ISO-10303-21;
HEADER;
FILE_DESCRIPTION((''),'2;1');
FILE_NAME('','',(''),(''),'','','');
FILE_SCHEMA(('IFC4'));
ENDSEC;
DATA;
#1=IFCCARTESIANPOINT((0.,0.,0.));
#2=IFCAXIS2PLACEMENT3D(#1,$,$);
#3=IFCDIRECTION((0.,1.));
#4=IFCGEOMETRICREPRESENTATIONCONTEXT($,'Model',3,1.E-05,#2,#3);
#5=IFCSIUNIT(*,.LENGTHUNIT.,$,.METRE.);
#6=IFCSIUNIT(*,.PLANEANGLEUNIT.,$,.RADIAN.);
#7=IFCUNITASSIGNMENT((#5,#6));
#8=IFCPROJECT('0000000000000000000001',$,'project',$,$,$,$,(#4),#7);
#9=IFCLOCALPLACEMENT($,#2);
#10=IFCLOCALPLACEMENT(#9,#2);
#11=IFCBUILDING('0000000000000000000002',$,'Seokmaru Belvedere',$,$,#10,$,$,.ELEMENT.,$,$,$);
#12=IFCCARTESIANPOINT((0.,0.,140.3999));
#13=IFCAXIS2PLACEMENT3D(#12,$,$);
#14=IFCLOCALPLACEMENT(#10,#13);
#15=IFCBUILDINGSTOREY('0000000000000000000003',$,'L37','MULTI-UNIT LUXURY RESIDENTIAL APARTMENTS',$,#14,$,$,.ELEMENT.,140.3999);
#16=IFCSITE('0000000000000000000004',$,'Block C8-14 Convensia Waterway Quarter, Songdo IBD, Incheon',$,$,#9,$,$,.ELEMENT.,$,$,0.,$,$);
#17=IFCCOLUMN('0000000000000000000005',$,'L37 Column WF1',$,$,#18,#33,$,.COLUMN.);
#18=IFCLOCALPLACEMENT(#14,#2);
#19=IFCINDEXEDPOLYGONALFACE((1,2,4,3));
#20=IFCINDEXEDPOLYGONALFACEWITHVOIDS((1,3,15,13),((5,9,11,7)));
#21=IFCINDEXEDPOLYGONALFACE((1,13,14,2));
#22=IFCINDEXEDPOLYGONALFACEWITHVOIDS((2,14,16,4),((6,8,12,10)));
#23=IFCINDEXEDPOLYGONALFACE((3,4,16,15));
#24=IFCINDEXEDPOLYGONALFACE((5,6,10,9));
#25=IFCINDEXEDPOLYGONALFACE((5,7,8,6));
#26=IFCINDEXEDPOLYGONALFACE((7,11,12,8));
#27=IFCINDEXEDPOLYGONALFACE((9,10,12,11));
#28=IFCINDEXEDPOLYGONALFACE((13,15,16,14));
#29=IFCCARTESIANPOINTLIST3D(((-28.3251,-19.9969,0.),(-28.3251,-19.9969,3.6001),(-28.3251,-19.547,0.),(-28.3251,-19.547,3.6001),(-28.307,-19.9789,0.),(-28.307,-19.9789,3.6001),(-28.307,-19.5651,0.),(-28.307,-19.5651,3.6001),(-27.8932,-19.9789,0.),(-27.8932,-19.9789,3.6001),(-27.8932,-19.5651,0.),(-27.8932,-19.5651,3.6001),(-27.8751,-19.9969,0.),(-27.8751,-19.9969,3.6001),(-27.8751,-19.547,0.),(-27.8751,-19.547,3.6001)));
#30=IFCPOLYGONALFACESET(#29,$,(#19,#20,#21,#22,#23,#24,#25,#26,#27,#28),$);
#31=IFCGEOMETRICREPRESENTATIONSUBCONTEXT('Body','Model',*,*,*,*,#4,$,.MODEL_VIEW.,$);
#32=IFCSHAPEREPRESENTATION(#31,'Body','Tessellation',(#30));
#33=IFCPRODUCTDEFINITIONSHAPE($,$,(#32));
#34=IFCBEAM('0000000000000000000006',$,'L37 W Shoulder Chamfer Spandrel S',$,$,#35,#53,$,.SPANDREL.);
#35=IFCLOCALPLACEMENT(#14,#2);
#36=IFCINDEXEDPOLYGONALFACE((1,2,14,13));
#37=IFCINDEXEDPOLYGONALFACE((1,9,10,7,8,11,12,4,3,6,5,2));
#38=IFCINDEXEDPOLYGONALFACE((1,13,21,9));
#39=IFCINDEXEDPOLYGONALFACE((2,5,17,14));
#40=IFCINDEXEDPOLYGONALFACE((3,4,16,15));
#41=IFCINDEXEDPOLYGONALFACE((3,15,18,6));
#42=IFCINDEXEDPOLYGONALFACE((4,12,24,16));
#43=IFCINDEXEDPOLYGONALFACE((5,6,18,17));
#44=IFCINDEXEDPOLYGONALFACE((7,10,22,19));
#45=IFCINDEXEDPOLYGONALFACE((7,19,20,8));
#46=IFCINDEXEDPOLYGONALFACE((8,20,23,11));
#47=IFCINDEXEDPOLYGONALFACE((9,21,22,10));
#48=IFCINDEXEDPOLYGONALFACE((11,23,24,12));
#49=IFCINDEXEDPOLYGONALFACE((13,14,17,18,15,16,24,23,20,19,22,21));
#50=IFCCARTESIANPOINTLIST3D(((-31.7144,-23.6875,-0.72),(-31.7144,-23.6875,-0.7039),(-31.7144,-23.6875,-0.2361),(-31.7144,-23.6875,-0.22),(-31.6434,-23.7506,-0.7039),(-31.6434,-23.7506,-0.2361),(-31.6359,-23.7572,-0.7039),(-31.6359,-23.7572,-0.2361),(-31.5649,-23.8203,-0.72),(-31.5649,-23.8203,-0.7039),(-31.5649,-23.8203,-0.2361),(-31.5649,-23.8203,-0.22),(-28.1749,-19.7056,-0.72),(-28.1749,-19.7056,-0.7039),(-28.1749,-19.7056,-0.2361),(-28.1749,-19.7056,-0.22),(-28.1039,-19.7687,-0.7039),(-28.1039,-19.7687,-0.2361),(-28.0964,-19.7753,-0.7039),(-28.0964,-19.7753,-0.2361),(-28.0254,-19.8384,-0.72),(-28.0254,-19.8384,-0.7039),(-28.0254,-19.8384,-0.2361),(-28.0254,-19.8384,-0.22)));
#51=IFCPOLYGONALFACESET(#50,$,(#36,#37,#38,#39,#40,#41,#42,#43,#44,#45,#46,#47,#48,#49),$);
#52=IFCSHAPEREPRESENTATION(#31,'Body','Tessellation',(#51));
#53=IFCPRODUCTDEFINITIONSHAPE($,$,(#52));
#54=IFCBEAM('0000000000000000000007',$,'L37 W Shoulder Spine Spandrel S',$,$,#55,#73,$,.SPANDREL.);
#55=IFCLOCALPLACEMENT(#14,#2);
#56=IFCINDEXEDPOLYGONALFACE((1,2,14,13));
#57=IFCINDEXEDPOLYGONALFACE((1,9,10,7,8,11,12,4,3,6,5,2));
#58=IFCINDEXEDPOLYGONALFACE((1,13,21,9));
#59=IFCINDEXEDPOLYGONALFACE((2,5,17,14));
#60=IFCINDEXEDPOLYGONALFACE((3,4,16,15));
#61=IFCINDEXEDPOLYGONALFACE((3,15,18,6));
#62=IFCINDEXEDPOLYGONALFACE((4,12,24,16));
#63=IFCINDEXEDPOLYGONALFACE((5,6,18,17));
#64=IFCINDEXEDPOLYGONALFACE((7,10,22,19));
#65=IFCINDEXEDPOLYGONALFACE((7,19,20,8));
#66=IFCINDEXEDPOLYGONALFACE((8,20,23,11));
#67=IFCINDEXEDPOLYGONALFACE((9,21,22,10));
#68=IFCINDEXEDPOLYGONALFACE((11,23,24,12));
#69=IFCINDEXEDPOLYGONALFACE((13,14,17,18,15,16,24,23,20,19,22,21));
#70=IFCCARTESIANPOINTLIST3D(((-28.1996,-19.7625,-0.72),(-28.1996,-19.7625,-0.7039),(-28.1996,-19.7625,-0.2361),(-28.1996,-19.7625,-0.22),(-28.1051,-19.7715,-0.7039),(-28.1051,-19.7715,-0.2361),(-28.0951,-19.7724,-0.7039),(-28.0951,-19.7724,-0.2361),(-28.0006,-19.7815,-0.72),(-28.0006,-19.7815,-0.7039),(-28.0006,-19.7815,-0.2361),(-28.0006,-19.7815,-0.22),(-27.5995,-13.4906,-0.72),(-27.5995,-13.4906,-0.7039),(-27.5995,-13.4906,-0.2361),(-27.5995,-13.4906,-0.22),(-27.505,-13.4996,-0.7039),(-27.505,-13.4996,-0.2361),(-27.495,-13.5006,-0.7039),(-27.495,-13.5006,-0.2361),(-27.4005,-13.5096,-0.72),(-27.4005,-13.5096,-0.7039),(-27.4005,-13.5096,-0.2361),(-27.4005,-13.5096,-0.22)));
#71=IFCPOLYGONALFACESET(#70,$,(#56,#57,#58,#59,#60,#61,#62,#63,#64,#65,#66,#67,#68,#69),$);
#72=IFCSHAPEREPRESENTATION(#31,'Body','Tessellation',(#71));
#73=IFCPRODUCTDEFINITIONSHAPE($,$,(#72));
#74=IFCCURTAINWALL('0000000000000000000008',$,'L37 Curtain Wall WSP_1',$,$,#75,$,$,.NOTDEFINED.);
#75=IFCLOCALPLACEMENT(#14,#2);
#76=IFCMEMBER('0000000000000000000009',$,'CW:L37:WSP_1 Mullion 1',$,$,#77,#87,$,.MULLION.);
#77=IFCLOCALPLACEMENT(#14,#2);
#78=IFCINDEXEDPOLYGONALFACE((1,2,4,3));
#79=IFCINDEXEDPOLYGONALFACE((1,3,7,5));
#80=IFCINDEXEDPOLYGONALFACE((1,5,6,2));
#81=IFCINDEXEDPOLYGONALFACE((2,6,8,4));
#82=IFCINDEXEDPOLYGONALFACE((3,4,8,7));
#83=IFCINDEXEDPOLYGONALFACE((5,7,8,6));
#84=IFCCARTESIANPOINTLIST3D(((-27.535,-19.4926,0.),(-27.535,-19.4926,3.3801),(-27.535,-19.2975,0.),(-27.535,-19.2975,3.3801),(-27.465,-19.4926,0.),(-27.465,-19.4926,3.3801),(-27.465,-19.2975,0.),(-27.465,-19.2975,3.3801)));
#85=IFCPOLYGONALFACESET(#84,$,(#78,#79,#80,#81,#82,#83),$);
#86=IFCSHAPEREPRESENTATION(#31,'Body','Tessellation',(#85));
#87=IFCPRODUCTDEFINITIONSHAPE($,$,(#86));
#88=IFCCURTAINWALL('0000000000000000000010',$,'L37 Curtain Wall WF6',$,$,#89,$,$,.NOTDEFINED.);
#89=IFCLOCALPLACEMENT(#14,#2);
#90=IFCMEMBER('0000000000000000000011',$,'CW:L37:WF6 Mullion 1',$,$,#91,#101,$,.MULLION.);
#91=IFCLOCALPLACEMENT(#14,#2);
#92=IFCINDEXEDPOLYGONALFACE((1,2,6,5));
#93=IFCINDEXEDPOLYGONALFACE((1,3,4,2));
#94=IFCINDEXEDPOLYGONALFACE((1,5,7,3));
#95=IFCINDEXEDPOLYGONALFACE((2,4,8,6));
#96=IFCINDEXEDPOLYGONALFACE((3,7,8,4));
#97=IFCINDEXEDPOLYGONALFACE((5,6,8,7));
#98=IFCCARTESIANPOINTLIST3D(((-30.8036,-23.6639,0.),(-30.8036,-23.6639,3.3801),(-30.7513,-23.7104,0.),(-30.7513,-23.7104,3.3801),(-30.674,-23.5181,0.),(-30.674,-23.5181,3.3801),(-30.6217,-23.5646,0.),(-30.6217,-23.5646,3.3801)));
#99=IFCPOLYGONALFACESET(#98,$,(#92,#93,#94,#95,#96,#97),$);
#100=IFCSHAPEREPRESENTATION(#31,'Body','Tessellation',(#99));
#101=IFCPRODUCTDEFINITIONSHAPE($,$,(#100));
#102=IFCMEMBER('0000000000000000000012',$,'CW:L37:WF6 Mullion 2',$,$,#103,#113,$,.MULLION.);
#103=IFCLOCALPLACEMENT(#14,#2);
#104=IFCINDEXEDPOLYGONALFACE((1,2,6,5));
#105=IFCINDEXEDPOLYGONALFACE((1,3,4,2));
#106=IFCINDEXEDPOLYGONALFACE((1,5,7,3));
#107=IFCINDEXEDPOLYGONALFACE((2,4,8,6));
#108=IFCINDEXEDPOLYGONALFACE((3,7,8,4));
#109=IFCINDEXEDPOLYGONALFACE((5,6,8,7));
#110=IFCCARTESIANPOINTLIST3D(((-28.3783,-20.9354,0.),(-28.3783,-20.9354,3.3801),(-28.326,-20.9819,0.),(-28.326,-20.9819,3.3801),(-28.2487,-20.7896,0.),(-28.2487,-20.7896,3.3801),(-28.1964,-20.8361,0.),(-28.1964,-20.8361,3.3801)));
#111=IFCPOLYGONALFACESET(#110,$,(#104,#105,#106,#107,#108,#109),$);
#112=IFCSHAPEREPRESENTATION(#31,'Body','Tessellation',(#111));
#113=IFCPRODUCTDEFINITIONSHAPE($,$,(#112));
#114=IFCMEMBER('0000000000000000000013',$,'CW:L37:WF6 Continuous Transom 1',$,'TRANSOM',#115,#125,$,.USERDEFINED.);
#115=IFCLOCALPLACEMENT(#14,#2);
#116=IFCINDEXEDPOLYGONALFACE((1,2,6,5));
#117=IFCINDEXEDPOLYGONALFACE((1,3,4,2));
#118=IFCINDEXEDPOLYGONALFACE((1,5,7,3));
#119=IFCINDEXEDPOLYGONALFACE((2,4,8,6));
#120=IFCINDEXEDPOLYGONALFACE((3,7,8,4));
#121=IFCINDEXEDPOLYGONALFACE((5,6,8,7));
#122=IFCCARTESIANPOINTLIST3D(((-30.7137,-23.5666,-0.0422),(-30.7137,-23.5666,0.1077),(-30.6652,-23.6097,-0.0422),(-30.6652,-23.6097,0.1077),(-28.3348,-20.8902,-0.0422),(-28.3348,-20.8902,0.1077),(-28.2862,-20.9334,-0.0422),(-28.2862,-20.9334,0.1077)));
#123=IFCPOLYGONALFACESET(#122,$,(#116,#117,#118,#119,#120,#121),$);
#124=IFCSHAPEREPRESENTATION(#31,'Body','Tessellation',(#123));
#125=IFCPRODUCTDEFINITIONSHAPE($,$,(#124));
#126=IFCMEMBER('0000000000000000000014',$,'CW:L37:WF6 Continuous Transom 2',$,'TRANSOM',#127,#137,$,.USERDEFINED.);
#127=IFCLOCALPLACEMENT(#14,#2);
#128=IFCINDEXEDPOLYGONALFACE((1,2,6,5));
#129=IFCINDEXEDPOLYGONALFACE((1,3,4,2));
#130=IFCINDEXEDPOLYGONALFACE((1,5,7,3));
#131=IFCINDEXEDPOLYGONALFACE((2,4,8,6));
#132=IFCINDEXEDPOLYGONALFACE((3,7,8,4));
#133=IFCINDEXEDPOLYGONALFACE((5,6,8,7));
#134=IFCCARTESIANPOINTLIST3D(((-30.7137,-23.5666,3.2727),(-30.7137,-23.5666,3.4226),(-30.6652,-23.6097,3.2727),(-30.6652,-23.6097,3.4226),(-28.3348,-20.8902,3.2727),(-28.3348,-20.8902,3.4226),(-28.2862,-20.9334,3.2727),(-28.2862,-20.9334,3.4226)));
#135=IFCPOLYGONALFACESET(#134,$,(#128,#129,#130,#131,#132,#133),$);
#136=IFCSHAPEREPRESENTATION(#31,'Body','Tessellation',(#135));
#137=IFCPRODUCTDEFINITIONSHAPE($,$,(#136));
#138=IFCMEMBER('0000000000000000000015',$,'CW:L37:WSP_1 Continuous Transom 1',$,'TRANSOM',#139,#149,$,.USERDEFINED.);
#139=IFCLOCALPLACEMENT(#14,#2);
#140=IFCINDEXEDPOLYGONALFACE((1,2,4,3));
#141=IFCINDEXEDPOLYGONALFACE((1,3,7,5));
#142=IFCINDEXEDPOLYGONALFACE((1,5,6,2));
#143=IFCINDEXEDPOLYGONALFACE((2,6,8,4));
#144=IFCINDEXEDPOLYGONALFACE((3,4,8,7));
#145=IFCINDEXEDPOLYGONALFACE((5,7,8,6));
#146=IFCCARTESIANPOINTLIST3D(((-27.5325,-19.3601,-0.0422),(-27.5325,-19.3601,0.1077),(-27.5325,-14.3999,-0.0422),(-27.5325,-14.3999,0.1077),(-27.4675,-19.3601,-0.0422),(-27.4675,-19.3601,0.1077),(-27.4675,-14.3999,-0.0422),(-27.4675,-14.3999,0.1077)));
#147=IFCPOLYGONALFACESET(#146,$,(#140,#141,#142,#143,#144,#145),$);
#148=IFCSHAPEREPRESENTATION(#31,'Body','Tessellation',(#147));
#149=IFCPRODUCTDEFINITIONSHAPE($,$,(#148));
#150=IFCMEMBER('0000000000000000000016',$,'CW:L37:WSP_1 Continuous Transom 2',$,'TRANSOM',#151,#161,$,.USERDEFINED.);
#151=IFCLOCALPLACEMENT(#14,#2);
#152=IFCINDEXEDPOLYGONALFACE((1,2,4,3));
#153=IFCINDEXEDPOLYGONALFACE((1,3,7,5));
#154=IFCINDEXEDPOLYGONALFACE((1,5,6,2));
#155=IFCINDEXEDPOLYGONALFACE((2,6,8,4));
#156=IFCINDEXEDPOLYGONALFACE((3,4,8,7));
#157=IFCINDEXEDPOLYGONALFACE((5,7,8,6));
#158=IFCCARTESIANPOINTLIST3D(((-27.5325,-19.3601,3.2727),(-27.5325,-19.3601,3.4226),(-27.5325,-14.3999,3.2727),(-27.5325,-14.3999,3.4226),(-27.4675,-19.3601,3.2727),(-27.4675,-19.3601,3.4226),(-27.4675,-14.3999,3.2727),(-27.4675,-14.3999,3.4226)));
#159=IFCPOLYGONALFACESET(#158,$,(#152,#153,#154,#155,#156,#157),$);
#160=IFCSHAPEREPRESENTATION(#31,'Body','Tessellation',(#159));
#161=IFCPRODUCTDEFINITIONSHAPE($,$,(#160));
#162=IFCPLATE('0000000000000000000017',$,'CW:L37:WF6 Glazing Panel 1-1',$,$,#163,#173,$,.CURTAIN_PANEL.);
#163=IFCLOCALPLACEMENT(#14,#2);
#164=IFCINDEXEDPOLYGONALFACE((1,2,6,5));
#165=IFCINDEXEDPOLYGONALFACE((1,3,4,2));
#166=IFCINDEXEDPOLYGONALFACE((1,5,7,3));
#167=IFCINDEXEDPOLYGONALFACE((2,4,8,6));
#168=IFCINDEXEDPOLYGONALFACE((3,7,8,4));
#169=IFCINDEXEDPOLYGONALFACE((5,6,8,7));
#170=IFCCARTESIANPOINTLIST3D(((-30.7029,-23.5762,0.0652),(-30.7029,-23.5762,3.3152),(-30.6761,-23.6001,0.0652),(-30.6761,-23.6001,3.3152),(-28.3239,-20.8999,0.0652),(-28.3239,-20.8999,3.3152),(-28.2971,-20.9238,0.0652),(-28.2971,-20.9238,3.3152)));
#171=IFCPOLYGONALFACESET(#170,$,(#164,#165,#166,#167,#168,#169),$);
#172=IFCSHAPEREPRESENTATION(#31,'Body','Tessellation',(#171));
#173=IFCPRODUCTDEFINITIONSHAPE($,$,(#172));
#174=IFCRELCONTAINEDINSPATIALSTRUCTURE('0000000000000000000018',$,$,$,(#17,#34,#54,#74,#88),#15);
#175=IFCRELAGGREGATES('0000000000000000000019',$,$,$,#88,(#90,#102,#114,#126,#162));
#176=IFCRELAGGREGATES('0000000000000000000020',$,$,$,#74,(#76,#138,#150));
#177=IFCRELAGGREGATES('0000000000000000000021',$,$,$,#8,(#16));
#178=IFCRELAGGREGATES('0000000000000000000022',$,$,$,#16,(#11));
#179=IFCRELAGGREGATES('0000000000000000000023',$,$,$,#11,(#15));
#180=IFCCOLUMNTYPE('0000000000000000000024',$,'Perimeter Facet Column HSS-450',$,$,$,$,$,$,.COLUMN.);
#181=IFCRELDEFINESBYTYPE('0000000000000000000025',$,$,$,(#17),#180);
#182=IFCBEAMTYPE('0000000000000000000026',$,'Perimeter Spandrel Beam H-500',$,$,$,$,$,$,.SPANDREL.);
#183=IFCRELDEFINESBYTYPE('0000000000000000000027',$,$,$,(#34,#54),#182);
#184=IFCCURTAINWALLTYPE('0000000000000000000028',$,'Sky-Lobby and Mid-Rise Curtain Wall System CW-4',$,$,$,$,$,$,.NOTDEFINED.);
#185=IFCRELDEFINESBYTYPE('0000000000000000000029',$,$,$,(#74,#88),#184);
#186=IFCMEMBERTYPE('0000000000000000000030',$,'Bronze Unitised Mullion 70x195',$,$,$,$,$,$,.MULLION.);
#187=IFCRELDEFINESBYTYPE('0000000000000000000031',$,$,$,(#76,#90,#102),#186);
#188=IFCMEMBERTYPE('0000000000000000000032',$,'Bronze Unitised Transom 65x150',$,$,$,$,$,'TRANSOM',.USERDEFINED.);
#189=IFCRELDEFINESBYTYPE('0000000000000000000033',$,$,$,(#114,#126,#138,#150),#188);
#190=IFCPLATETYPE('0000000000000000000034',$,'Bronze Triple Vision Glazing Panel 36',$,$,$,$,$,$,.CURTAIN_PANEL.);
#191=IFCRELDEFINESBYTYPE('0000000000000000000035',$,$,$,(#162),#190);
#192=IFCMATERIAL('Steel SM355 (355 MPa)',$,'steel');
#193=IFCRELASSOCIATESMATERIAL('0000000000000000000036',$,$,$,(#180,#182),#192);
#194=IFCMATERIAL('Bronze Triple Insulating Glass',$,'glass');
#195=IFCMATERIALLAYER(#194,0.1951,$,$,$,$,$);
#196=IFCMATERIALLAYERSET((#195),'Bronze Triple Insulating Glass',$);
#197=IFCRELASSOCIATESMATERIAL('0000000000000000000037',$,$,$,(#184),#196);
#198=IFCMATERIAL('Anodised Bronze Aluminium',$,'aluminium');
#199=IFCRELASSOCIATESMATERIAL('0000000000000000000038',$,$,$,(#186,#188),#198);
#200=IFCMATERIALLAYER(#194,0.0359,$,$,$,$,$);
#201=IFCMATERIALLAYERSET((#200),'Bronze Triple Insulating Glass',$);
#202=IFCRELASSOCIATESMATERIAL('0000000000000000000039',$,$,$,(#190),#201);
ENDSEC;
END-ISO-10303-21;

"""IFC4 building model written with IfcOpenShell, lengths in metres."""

from ifc_helpers import new_model, si_unit, direction, frame, origin, origin_2d, place, context, subcontext, project, spatial, rectangle, hollow_rectangle, i_section, extrude, source, transform, mapped, material, layer, layer_set, material_profile, profile_set, type_object, type_shapes, element, aggregate, save


model = new_model("IFC4")

# Units and contexts
model_context = context("Model", 3, precision=1e-05, world=origin(), true_north=direction((0.0, 1.0)))
body_context = subcontext(model_context, "Body", "Model", "MODEL_VIEW")
ifc_project = project(units=[si_unit("LENGTHUNIT", "METRE"), si_unit("PLANEANGLEUNIT", "RADIAN")], contexts=[model_context])

# Site, building, storey
site_placement = place(None, origin())
site = spatial("IfcSite", under=ifc_project, at=site_placement, Name="Block C8-14 Convensia Waterway Quarter, Songdo IBD, Incheon", CompositionType="ELEMENT", RefElevation=0.0)
building_placement = place(site_placement, origin())
building = spatial("IfcBuilding", under=site, at=building_placement, Name="Seokmaru Belvedere", CompositionType="ELEMENT")
storey_placement = place(building_placement, frame((0.0, 0.0, 140.3999)))
storey = spatial("IfcBuildingStorey", under=building, at=storey_placement, Name="L37", Description="MULTI-UNIT LUXURY RESIDENTIAL APARTMENTS", CompositionType="ELEMENT", Elevation=140.3999)

# Column
ifc_material_1 = material(Name="Steel SM355 (355 MPa)", Category="steel")
ifc_material_profile_1 = material_profile(ifc_material_1, hollow_rectangle(XDim=0.45, YDim=0.45, WallThickness=0.0181, at=origin_2d()), Name="HSS-450x450x18")
ifc_profile_set_1 = profile_set([ifc_material_profile_1], Name="Steel SM355 (355 MPa)")
column_type = type_object("IfcColumnType", Name="Perimeter Facet Column HSS-450", PredefinedType="COLUMN", material=ifc_profile_set_1)
shared_shape_1 = source(origin(), body_context, "Body", "SweptSolid", [
    extrude(hollow_rectangle(XDim=0.45, YDim=0.45, WallThickness=0.0181, at=origin_2d()), origin(), (0.0, 0.0, 1.0), 3.6001),
])
type_shapes(column_type, [shared_shape_1])
column_placement = place(storey_placement, frame((-28.1001, -19.772, 0.0), z_axis=(0.0, 0.0, 1.0), x_axis=(1.0, 0.0, 0.0)))
element("IfcColumn", 1, at=column_placement, inside=storey, type_object=column_type, Name="L37 Column WF1", PredefinedType="COLUMN", context=body_context, shape_type="MappedRepresentation", body=[
    mapped(shared_shape_1, transform((0.0, 0.0, 0.0), scale=1.0)),
])

# Beams
ifc_material_profile_2 = material_profile(ifc_material_1, i_section(OverallWidth=0.2, OverallDepth=0.5, WebThickness=0.01, FlangeThickness=0.0161, at=origin_2d()), Name="H-500x200x10x16")
ifc_profile_set_2 = profile_set([ifc_material_profile_2], Name="Steel SM355 (355 MPa)")
beam_type = type_object("IfcBeamType", Name="Perimeter Spandrel Beam H-500", PredefinedType="SPANDREL", material=ifc_profile_set_2)
shared_shape_2 = source(origin(), body_context, "Body", "SweptSolid", [
    extrude(i_section(OverallWidth=0.2, OverallDepth=0.5, WebThickness=0.01, FlangeThickness=0.0161, at=origin_2d()), origin(), (0.0, 0.0, 1.0), 5.3276),
])
beam_1_placement = place(storey_placement, frame((-31.6396, -23.7539, -0.47), z_axis=(0.66437, 0.747404, 0.0), x_axis=(-0.747404, 0.66437, 0.0)))
element("IfcBeam", 2, at=beam_1_placement, inside=storey, type_object=beam_type, Name="L37 W Shoulder Chamfer Spandrel S", PredefinedType="SPANDREL", context=body_context, shape_type="MappedRepresentation", body=[
    mapped(shared_shape_2, transform((0.0, 0.0, 0.0), scale=1.0)),
])
shared_shape_3 = source(origin(), body_context, "Body", "SweptSolid", [
    extrude(i_section(OverallWidth=0.2, OverallDepth=0.5, WebThickness=0.01, FlangeThickness=0.0161, at=origin_2d()), origin(), (0.0, 0.0, 1.0), 6.3005),
])
type_shapes(beam_type, [shared_shape_2, shared_shape_3])
beam_2_placement = place(storey_placement, frame((-28.1001, -19.772, -0.47), z_axis=(0.095244, 0.995454, 0.0), x_axis=(-0.995454, 0.095244, 0.0)))
element("IfcBeam", 3, at=beam_2_placement, inside=storey, type_object=beam_type, Name="L37 W Shoulder Spine Spandrel S", PredefinedType="SPANDREL", context=body_context, shape_type="MappedRepresentation", body=[
    mapped(shared_shape_3, transform((0.0, 0.0, 0.0), scale=1.0)),
])

# Curtain wall, member
ifc_material_2 = material(Name="Bronze Triple Insulating Glass", Category="glass")
ifc_layer_1 = layer(ifc_material_2, 0.1951)
ifc_layer_set_1 = layer_set([ifc_layer_1], Name="Bronze Triple Insulating Glass")
curtain_wall_type = type_object("IfcCurtainWallType", Name="Sky-Lobby and Mid-Rise Curtain Wall System CW-4", PredefinedType="NOTDEFINED", material=ifc_layer_set_1)
curtain_wall_1_placement = place(storey_placement, origin())
curtain_wall_1 = element("IfcCurtainWall", 4, at=curtain_wall_1_placement, inside=storey, type_object=curtain_wall_type, Name="L37 Curtain Wall WSP_1", PredefinedType="NOTDEFINED")
ifc_material_3 = material(Name="Anodised Bronze Aluminium", Category="aluminium")
ifc_material_profile_3 = material_profile(ifc_material_3, rectangle(XDim=0.0701, YDim=0.1951, at=origin_2d()), Name="CW-M-70x195")
ifc_profile_set_3 = profile_set([ifc_material_profile_3], Name="Anodised Bronze Aluminium")
member_type_1 = type_object("IfcMemberType", Name="Bronze Unitised Mullion 70x195", PredefinedType="MULLION", material=ifc_profile_set_3)
shared_shape_4 = source(origin(), body_context, "Body", "SweptSolid", [
    extrude(rectangle(XDim=0.0701, YDim=0.1951, at=origin_2d()), origin(), (0.0, 0.0, 1.0), 3.3801),
])
type_shapes(member_type_1, [shared_shape_4])
member_1_placement = place(storey_placement, frame((-27.5, -19.395, 0.0), z_axis=(0.0, 0.0, 1.0), x_axis=(-1.0, 0.0, 0.0)))
member_1 = element("IfcMember", 5, at=member_1_placement, type_object=member_type_1, Name="CW:L37:WSP_1 Mullion 1", PredefinedType="MULLION", context=body_context, shape_type="MappedRepresentation", body=[
    mapped(shared_shape_4, transform((0.0, 0.0, 0.0), scale=1.0)),
])

# Curtain wall, members
curtain_wall_2_placement = place(storey_placement, origin())
curtain_wall_2 = element("IfcCurtainWall", 6, at=curtain_wall_2_placement, inside=storey, type_object=curtain_wall_type, Name="L37 Curtain Wall WF6", PredefinedType="NOTDEFINED")
member_2_placement = place(storey_placement, frame((-30.7126, -23.6143, 0.0), z_axis=(0.0, 0.0, 1.0), x_axis=(-0.74741, 0.664363, 0.0)))
member_2 = element("IfcMember", 7, at=member_2_placement, type_object=member_type_1, Name="CW:L37:WF6 Mullion 1", PredefinedType="MULLION", context=body_context, shape_type="MappedRepresentation", body=[
    mapped(shared_shape_4, transform((0.0, 0.0, 0.0), scale=1.0)),
])
member_3_placement = place(storey_placement, frame((-28.2874, -20.8857, 0.0), z_axis=(0.0, 0.0, 1.0), x_axis=(-0.74741, 0.664363, 0.0)))
member_3 = element("IfcMember", 8, at=member_3_placement, type_object=member_type_1, Name="CW:L37:WF6 Mullion 2", PredefinedType="MULLION", context=body_context, shape_type="MappedRepresentation", body=[
    mapped(shared_shape_4, transform((0.0, 0.0, 0.0), scale=1.0)),
])
ifc_material_profile_4 = material_profile(ifc_material_3, rectangle(XDim=0.0649, YDim=0.1499, at=origin_2d()), Name="CW-T-65x150")
ifc_profile_set_4 = profile_set([ifc_material_profile_4], Name="Anodised Bronze Aluminium")
member_type_2 = type_object("IfcMemberType", Name="Bronze Unitised Transom 65x150", ElementType="TRANSOM", PredefinedType="USERDEFINED", material=ifc_profile_set_4)
shared_shape_5 = source(origin(), body_context, "Body", "SweptSolid", [
    extrude(rectangle(XDim=0.0649, YDim=0.1499, at=origin_2d()), origin(), (0.0, 0.0, 1.0), 3.5808),
])
member_4_placement = place(storey_placement, frame((-30.6895, -23.5881, 0.0327), z_axis=(0.664364, 0.747409, 0.0), x_axis=(-0.747409, 0.664364, 0.0)))
member_4 = element("IfcMember", 9, at=member_4_placement, type_object=member_type_2, Name="CW:L37:WF6 Continuous Transom 1", ObjectType="TRANSOM", PredefinedType="USERDEFINED", context=body_context, shape_type="MappedRepresentation", body=[
    mapped(shared_shape_5, transform((0.0, 0.0, 0.0), scale=1.0)),
])
member_5_placement = place(storey_placement, frame((-30.6895, -23.5881, 3.3477), z_axis=(0.664364, 0.747409, 0.0), x_axis=(-0.747409, 0.664364, 0.0)))
member_5 = element("IfcMember", 10, at=member_5_placement, type_object=member_type_2, Name="CW:L37:WF6 Continuous Transom 2", ObjectType="TRANSOM", PredefinedType="USERDEFINED", context=body_context, shape_type="MappedRepresentation", body=[
    mapped(shared_shape_5, transform((0.0, 0.0, 0.0), scale=1.0)),
])

# Members
shared_shape_6 = source(origin(), body_context, "Body", "SweptSolid", [
    extrude(rectangle(XDim=0.0649, YDim=0.1499, at=origin_2d()), origin(), (0.0, 0.0, 1.0), 4.9602),
])
type_shapes(member_type_2, [shared_shape_5, shared_shape_6])
member_6_placement = place(storey_placement, frame((-27.5, -19.3601, 0.0327), z_axis=(0.0, 1.0, 0.0), x_axis=(-1.0, 0.0, 0.0)))
member_6 = element("IfcMember", 11, at=member_6_placement, type_object=member_type_2, Name="CW:L37:WSP_1 Continuous Transom 1", ObjectType="TRANSOM", PredefinedType="USERDEFINED", context=body_context, shape_type="MappedRepresentation", body=[
    mapped(shared_shape_6, transform((0.0, 0.0, 0.0), scale=1.0)),
])
member_7_placement = place(storey_placement, frame((-27.5, -19.3601, 3.3477), z_axis=(0.0, 1.0, 0.0), x_axis=(-1.0, 0.0, 0.0)))
member_7 = element("IfcMember", 12, at=member_7_placement, type_object=member_type_2, Name="CW:L37:WSP_1 Continuous Transom 2", ObjectType="TRANSOM", PredefinedType="USERDEFINED", context=body_context, shape_type="MappedRepresentation", body=[
    mapped(shared_shape_6, transform((0.0, 0.0, 0.0), scale=1.0)),
])

# Plate
ifc_layer_2 = layer(ifc_material_2, 0.0359)
ifc_layer_set_2 = layer_set([ifc_layer_2], Name="Bronze Triple Insulating Glass")
plate_type = type_object("IfcPlateType", Name="Bronze Triple Vision Glazing Panel 36", PredefinedType="CURTAIN_PANEL", material=ifc_layer_set_2)
shared_shape_7 = source(origin(), body_context, "Body", "SweptSolid", [
    extrude(rectangle(XDim=3.5808, YDim=0.0359, at=origin_2d()), origin(), (0.0, 0.0, 1.0), 3.25),
])
plate_1_placement = place(storey_placement, frame((-29.5, -22.25, 0.0652), z_axis=(0.0, 0.0, 1.0), x_axis=(0.664363, 0.74741, 0.0)))
plate_1 = element("IfcPlate", 13, at=plate_1_placement, type_object=plate_type, Name="CW:L37:WF6 Glazing Panel 1-1", PredefinedType="CURTAIN_PANEL", context=body_context, shape_type="MappedRepresentation", body=[
    mapped(shared_shape_7, transform((0.0, 0.0, 0.0), scale=1.0)),
])
aggregate(curtain_wall_2, [member_2, member_3, member_4, member_5, plate_1])
aggregate(curtain_wall_1, [member_1, member_6, member_7])

save(model, "model.ifc")
